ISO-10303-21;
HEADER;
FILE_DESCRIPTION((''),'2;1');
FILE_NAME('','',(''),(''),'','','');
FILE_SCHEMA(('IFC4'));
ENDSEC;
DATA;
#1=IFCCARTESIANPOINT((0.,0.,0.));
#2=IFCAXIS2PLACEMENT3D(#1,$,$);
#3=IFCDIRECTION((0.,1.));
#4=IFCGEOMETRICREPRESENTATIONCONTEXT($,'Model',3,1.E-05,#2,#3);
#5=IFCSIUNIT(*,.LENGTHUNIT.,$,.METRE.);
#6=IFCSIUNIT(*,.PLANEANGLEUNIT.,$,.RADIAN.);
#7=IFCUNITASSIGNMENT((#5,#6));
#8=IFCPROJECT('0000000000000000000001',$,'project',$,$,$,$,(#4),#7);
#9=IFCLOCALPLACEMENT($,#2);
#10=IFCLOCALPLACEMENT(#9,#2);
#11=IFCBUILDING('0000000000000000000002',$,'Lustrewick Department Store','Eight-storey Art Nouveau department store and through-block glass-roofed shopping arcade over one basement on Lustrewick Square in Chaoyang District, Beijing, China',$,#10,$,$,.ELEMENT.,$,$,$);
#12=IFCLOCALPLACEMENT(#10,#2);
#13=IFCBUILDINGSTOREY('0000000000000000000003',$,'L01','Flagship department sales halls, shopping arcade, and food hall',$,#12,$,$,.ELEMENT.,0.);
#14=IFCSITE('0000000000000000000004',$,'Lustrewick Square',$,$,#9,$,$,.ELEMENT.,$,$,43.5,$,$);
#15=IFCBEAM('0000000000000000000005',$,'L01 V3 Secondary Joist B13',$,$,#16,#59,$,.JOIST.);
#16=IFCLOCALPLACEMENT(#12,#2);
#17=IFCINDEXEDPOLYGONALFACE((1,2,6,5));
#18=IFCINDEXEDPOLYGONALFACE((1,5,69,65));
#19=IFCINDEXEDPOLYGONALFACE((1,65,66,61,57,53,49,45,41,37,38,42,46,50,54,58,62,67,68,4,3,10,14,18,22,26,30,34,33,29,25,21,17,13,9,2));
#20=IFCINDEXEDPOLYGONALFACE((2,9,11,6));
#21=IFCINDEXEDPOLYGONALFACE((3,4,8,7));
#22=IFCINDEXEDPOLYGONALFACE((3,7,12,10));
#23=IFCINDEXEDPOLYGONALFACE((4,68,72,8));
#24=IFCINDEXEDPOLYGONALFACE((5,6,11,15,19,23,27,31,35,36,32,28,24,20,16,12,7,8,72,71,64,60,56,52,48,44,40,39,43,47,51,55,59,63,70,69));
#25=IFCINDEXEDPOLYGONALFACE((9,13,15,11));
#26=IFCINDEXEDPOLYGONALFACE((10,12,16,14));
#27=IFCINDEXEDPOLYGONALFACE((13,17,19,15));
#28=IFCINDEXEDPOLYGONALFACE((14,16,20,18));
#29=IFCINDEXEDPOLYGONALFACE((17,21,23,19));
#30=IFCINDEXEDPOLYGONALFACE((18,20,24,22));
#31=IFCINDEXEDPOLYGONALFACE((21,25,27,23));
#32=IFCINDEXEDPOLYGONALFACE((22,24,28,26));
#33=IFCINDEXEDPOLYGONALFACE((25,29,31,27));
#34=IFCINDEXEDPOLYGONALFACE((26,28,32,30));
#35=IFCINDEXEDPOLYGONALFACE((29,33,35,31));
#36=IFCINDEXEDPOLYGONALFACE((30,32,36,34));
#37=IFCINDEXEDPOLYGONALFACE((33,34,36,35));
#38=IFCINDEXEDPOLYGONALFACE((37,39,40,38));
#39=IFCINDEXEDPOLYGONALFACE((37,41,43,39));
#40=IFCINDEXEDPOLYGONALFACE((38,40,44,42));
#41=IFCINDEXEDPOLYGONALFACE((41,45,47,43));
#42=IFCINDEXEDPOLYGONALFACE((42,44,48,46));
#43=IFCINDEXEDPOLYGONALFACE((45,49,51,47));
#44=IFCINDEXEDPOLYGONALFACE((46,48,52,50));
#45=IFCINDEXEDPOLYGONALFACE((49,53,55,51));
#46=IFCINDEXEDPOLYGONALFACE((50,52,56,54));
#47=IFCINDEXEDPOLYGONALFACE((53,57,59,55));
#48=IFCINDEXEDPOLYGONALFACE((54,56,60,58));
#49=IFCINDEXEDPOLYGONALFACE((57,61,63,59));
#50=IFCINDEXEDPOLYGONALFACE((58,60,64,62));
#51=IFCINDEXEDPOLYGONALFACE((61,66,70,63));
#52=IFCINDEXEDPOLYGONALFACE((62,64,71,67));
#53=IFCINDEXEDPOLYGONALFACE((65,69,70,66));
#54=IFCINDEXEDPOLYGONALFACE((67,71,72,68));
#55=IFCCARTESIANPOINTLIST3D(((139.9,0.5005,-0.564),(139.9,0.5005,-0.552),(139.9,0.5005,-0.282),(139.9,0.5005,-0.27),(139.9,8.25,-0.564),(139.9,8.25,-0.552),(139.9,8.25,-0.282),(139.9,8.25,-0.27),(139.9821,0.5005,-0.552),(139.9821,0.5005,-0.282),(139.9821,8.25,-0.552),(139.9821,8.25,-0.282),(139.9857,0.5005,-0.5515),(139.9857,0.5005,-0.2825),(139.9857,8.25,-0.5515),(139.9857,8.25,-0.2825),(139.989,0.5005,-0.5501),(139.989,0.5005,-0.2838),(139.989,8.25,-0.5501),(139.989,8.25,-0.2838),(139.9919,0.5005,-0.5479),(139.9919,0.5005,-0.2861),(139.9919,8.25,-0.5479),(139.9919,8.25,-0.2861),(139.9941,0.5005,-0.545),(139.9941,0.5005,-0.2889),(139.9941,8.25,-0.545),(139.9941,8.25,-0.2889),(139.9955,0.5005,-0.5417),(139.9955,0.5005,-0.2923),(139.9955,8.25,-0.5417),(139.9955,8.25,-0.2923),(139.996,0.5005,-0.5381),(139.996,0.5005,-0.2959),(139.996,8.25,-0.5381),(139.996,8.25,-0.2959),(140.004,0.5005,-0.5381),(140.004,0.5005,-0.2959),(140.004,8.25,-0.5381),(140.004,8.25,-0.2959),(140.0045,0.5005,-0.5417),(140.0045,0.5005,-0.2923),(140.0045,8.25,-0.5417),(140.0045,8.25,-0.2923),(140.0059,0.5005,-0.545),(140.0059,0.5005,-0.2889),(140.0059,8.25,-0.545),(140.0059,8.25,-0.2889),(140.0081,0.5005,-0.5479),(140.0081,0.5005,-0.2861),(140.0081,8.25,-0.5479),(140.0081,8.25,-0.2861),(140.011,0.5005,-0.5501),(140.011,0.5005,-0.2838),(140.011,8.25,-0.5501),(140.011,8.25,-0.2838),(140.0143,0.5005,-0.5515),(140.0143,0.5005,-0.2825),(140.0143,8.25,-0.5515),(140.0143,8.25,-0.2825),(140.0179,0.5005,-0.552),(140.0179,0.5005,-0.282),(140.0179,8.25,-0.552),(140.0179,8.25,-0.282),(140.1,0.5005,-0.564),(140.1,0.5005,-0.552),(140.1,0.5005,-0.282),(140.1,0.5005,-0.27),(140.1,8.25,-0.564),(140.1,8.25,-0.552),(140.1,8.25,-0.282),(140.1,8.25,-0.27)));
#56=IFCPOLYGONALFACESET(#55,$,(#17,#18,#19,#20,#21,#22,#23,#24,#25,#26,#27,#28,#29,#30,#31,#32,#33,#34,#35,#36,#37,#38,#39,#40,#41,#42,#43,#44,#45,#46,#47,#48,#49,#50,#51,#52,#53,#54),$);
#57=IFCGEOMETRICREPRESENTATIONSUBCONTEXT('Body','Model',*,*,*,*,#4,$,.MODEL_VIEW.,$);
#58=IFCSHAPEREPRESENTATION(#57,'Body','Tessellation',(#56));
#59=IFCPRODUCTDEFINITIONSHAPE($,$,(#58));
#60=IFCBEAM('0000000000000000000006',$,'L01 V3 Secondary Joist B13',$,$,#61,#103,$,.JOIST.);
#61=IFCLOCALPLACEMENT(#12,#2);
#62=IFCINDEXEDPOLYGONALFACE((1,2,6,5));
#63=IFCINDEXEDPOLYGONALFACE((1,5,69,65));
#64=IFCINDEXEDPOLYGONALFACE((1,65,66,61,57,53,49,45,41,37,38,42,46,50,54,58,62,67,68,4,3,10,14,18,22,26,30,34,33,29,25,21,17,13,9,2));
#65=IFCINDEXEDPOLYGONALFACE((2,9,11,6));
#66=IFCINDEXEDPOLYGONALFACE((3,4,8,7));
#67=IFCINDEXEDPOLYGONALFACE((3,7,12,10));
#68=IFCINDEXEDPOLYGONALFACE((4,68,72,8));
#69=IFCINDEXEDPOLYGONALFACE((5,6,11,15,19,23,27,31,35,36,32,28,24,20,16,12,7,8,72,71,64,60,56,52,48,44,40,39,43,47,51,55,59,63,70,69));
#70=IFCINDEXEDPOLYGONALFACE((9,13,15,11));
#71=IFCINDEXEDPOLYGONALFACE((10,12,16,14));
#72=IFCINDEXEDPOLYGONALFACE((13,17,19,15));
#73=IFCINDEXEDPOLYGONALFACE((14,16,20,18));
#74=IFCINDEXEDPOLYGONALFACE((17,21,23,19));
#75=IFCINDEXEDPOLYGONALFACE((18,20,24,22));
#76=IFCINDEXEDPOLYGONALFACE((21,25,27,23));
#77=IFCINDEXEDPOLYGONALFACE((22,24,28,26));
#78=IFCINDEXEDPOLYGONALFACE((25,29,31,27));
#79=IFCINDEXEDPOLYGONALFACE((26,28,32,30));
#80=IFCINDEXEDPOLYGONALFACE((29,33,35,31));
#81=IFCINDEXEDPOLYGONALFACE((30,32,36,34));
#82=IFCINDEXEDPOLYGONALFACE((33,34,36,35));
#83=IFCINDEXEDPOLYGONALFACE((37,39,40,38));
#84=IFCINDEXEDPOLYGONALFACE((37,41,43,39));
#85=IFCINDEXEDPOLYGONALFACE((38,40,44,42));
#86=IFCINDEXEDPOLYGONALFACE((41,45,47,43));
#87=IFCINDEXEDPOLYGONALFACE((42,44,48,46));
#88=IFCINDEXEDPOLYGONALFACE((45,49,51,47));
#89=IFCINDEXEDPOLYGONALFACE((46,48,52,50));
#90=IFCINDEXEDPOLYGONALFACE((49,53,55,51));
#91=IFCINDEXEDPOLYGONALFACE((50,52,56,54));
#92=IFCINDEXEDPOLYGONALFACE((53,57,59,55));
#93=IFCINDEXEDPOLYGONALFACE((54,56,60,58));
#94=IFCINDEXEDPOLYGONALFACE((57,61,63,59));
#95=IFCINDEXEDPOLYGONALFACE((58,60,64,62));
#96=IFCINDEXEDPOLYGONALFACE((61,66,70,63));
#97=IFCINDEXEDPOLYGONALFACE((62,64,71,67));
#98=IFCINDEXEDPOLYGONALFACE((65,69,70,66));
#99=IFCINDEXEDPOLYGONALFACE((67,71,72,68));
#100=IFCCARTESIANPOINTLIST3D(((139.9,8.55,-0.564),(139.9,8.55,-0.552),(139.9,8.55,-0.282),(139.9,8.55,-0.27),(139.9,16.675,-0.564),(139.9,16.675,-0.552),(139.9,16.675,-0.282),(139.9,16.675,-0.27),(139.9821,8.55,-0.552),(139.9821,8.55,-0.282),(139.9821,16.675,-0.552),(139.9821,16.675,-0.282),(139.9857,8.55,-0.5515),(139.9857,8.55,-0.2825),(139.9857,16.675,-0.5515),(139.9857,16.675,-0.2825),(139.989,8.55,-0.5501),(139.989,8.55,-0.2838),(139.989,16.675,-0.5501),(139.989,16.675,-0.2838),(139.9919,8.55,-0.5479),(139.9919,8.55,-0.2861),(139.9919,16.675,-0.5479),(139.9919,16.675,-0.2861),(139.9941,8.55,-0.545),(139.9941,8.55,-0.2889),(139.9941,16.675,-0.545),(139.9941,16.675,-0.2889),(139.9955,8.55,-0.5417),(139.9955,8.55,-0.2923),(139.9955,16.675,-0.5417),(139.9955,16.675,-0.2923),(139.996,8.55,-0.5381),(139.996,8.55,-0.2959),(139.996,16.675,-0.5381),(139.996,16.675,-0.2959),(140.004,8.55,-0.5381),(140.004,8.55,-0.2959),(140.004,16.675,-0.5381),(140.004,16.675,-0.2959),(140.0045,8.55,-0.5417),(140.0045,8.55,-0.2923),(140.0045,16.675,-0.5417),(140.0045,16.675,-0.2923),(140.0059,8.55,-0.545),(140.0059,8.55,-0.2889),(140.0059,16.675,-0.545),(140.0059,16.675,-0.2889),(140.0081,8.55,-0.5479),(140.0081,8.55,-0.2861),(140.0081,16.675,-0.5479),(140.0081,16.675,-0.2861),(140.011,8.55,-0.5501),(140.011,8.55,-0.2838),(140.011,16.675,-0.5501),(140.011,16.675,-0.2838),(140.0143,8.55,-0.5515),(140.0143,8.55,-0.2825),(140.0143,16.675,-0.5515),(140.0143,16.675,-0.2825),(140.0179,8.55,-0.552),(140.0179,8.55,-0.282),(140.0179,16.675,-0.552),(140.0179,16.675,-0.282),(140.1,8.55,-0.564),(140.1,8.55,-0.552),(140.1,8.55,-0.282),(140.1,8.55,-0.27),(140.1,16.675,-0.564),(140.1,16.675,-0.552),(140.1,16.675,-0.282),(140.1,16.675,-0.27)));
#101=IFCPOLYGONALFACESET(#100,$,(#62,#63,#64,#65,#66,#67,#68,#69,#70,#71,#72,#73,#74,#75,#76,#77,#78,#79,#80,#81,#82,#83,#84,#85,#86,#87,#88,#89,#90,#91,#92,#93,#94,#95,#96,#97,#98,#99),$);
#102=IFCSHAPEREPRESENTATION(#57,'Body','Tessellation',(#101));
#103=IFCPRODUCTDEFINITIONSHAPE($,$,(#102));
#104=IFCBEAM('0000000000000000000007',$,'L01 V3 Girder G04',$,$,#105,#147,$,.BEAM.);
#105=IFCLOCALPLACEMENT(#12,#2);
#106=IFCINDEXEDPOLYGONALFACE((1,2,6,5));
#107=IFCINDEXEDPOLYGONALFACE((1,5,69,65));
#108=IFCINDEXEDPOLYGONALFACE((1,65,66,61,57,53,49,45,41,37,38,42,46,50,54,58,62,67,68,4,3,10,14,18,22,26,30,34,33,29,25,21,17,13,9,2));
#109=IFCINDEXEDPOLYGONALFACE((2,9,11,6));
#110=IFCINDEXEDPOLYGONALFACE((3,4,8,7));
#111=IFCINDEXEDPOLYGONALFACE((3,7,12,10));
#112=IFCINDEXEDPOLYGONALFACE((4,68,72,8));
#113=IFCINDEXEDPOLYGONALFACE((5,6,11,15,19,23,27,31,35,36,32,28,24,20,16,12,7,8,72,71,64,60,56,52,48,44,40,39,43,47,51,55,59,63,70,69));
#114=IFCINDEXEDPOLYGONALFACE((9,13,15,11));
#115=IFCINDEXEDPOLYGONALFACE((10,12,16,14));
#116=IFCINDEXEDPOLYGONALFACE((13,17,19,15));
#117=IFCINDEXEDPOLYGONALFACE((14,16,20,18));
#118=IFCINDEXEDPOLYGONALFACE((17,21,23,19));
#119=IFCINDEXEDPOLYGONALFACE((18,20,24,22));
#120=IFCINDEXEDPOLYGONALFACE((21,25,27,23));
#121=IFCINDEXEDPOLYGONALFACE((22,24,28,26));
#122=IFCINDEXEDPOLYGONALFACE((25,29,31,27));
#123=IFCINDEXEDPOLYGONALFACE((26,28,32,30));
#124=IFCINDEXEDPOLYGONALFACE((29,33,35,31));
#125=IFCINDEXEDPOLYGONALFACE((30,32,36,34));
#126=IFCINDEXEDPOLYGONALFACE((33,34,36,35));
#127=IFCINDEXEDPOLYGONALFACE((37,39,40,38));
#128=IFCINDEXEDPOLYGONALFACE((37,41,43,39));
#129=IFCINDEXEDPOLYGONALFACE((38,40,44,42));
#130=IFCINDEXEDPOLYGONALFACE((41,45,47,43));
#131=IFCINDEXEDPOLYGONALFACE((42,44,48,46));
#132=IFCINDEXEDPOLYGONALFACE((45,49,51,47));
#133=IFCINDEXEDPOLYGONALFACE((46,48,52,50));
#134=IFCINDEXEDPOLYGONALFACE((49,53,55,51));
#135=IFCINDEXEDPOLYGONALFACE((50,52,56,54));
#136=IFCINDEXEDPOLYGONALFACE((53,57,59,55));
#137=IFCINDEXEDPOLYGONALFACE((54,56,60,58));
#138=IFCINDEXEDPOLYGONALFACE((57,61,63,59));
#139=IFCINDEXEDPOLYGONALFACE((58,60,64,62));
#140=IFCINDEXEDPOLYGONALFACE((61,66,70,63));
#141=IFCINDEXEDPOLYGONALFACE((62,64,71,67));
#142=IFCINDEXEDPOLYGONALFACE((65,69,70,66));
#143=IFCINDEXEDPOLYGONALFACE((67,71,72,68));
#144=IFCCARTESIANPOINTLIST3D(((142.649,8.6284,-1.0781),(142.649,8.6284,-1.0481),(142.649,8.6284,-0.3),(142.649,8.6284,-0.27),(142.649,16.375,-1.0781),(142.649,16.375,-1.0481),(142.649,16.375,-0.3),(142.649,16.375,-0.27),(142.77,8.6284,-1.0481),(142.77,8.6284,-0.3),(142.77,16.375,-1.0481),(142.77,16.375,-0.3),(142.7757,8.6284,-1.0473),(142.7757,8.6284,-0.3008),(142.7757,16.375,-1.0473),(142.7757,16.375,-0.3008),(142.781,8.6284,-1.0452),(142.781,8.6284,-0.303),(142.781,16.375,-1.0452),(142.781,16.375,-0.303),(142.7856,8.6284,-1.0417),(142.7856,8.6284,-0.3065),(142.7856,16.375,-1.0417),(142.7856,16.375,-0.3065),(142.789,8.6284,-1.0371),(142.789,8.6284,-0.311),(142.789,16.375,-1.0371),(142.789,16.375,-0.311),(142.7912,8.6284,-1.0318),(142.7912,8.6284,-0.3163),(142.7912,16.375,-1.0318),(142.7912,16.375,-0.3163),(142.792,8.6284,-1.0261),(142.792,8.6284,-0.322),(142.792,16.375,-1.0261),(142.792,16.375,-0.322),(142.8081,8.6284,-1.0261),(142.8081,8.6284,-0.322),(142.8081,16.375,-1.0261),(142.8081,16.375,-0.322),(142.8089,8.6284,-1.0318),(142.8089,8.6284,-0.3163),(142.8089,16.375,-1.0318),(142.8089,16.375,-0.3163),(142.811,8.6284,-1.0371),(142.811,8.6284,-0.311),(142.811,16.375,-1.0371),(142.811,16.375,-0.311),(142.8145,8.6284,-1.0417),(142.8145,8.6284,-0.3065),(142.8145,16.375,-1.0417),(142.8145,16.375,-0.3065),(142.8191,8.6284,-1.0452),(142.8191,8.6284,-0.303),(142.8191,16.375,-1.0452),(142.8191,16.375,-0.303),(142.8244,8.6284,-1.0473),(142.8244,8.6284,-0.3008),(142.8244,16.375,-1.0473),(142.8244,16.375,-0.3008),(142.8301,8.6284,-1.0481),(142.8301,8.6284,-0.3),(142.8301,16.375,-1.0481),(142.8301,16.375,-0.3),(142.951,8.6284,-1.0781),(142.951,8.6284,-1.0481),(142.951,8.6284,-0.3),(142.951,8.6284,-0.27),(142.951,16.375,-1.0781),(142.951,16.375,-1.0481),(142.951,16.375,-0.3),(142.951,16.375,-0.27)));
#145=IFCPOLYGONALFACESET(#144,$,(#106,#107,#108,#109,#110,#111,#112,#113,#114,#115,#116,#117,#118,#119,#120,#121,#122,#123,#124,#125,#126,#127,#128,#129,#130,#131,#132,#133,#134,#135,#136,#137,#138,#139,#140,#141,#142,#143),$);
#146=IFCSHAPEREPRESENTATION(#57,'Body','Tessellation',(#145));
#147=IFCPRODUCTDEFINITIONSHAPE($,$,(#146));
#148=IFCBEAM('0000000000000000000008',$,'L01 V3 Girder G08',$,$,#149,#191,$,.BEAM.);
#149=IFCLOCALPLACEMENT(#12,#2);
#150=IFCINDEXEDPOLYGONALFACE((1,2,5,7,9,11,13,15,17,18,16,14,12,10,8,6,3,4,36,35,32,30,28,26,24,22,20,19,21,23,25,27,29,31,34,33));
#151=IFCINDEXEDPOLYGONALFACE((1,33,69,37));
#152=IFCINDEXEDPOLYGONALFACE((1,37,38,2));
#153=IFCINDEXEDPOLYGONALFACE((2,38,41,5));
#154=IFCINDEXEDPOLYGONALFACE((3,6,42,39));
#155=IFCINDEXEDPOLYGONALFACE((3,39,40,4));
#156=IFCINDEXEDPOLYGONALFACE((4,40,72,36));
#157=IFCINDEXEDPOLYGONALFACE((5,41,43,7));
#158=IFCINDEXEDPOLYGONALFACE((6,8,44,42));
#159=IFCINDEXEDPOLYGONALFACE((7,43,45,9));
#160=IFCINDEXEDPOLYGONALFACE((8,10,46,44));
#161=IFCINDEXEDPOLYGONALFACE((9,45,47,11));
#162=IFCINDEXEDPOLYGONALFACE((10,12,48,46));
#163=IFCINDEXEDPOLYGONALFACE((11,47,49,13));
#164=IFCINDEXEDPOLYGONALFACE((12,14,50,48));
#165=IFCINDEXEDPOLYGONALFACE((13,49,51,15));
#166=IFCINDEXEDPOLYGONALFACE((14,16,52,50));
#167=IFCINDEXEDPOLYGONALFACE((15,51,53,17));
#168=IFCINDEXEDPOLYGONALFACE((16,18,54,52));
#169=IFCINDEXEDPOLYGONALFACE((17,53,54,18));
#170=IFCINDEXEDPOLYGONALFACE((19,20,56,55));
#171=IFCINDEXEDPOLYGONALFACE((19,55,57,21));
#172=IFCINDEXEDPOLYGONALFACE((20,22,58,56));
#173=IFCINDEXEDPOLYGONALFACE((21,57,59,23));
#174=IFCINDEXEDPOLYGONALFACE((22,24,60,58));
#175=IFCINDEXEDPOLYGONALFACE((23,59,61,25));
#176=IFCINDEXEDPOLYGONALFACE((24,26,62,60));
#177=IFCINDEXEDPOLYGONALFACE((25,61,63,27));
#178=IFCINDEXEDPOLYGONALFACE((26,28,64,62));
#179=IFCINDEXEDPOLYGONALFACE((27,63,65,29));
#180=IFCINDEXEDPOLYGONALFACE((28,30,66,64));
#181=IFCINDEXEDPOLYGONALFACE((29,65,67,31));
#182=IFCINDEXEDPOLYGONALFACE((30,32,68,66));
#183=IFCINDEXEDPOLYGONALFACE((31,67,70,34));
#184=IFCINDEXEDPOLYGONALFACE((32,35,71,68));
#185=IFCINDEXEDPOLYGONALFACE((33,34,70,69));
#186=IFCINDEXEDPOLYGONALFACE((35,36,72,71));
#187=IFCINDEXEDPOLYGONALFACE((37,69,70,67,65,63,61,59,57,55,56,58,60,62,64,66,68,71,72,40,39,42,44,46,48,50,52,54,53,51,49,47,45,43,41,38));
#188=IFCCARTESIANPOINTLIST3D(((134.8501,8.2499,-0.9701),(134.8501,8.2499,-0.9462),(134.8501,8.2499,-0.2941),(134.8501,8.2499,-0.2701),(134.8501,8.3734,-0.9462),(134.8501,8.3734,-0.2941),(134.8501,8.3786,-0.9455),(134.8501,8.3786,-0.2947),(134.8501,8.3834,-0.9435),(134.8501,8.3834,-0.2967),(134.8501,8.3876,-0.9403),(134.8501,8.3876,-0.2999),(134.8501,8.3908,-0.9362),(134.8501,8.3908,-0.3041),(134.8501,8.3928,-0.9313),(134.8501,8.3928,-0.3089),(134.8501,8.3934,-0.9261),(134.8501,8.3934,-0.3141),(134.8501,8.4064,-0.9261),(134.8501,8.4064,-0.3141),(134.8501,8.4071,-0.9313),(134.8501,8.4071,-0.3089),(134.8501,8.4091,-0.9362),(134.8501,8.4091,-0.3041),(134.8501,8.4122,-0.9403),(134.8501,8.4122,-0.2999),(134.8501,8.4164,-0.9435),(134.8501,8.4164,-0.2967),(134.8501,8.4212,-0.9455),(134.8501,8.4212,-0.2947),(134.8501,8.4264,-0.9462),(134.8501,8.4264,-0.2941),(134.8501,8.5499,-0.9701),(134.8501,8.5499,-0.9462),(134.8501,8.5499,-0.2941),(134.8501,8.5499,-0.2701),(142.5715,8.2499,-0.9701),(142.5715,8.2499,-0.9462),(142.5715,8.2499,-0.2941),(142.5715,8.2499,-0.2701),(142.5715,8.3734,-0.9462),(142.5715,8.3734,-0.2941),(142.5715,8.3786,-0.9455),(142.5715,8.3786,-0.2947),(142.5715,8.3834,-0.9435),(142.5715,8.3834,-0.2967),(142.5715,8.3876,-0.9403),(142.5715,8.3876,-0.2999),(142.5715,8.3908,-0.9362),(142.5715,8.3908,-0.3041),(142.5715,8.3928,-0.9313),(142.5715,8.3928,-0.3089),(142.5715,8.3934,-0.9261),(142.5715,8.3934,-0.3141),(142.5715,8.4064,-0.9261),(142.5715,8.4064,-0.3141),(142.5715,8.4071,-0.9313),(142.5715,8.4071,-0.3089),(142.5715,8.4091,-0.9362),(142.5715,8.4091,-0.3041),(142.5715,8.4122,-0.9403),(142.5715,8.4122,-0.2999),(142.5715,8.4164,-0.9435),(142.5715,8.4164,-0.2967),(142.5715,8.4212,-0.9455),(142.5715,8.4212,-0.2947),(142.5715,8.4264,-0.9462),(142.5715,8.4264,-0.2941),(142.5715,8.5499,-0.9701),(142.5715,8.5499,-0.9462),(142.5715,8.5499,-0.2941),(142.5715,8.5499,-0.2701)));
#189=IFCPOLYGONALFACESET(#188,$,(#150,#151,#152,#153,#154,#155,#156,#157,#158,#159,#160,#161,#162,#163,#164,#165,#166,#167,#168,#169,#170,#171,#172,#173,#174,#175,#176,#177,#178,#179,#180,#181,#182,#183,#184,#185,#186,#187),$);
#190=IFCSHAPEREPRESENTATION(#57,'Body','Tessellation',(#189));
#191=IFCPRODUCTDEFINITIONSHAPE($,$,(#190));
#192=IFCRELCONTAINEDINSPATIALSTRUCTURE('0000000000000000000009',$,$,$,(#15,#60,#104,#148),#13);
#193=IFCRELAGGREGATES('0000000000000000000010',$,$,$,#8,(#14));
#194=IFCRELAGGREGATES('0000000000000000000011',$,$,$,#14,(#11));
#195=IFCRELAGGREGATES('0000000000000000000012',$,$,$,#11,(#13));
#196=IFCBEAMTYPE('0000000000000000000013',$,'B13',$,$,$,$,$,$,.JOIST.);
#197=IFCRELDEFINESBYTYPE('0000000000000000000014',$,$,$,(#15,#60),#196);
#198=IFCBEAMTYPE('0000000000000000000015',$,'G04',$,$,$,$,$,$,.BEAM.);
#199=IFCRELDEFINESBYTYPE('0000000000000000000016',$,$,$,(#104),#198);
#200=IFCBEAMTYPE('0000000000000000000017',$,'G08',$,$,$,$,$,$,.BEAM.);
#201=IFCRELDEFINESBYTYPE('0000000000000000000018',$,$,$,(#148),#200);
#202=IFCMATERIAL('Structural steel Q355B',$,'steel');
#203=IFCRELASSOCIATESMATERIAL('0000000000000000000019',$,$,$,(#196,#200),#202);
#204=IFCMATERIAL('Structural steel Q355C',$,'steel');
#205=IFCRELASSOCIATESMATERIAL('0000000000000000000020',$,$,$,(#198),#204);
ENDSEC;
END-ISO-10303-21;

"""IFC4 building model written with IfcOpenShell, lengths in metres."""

from ifc_helpers import new_model, si_unit, direction, frame, origin, origin_2d, place, context, subcontext, project, spatial, i_section, extrude, material, material_profile, profile_set, type_object, element, save


model = new_model("IFC4")

# Units and contexts
model_context = context("Model", 3, precision=1e-05, world=origin(), true_north=direction((0.0, 1.0)))
body_context = subcontext(model_context, "Body", "Model", "MODEL_VIEW")
ifc_project = project(units=[si_unit("LENGTHUNIT", "METRE"), si_unit("PLANEANGLEUNIT", "RADIAN")], contexts=[model_context])

# Site, building, storey
site_placement = place(None, origin())
site = spatial("IfcSite", under=ifc_project, at=site_placement, Name="Lustrewick Square", CompositionType="ELEMENT", RefElevation=43.5)
building_placement = place(site_placement, origin())
building = spatial("IfcBuilding", under=site, at=building_placement, Name="Lustrewick Department Store", Description="Eight-storey Art Nouveau department store and through-block glass-roofed shopping arcade over one basement on Lustrewick Square in Chaoyang District, Beijing, China", CompositionType="ELEMENT")
storey_placement = place(building_placement, origin())
storey = spatial("IfcBuildingStorey", under=building, at=storey_placement, Name="L01", Description="Flagship department sales halls, shopping arcade, and food hall", CompositionType="ELEMENT", Elevation=0.0)

# Shared definitions
ifc_material_1 = material(Name="Structural steel Q355C", Category="steel")

# Beams
ifc_material_2 = material(Name="Structural steel Q355B", Category="steel")
ifc_material_profile_1 = material_profile(ifc_material_2, i_section(OverallWidth=0.2, OverallDepth=0.2939, WebThickness=0.0081, FlangeThickness=0.012, FilletRadius=0.0139, at=origin_2d()), Name="HM 294x200x8x12")
ifc_profile_set_1 = profile_set([ifc_material_profile_1], Name="Structural steel Q355B")
beam_type_1 = type_object("IfcBeamType", Name="B13", PredefinedType="JOIST", material=ifc_profile_set_1)
beam_1_placement = place(storey_placement, frame((140.0, 0.5005, -0.417), z_axis=(0.0, 1.0, 0.0), x_axis=(-1.0, 0.0, 0.0)))
element("IfcBeam", 1, at=beam_1_placement, inside=storey, type_object=beam_type_1, Name="L01 V3 Secondary Joist B13", PredefinedType="JOIST", context=body_context, shape_type="SweptSolid", body=[
    extrude(i_section(OverallWidth=0.2, OverallDepth=0.2939, WebThickness=0.0081, FlangeThickness=0.012, FilletRadius=0.0139, at=origin_2d()), origin(), (0.0, 0.0, 1.0), 7.7495),
])
beam_2_placement = place(storey_placement, frame((140.0, 8.55, -0.417), z_axis=(0.0, 1.0, 0.0), x_axis=(-1.0, 0.0, 0.0)))
element("IfcBeam", 2, at=beam_2_placement, inside=storey, type_object=beam_type_1, Name="L01 V3 Secondary Joist B13", PredefinedType="JOIST", context=body_context, shape_type="SweptSolid", body=[
    extrude(i_section(OverallWidth=0.2, OverallDepth=0.2939, WebThickness=0.0081, FlangeThickness=0.012, FilletRadius=0.0139, at=origin_2d()), origin(), (0.0, 0.0, 1.0), 8.125),
])
ifc_material_profile_2 = material_profile(ifc_material_1, i_section(OverallWidth=0.302, OverallDepth=0.8081, WebThickness=0.0161, FlangeThickness=0.03, FilletRadius=0.022, at=origin_2d()), Name="HN 808x302x16x30")
ifc_profile_set_2 = profile_set([ifc_material_profile_2], Name="Structural steel Q355C")
beam_type_2 = type_object("IfcBeamType", Name="G04", PredefinedType="BEAM", material=ifc_profile_set_2)
beam_3_placement = place(storey_placement, frame((142.8, 8.6284, -0.6741), z_axis=(0.0, 1.0, 0.0), x_axis=(-1.0, 0.0, 0.0)))
element("IfcBeam", 3, at=beam_3_placement, inside=storey, type_object=beam_type_2, Name="L01 V3 Girder G04", PredefinedType="BEAM", context=body_context, shape_type="SweptSolid", body=[
    extrude(i_section(OverallWidth=0.302, OverallDepth=0.8081, WebThickness=0.0161, FlangeThickness=0.03, FilletRadius=0.022, at=origin_2d()), origin(), (0.0, 0.0, 1.0), 7.7466),
])
ifc_material_profile_3 = material_profile(ifc_material_2, i_section(OverallWidth=0.3, OverallDepth=0.7, WebThickness=0.0129, FlangeThickness=0.0239, FilletRadius=0.02, at=origin_2d()), Name="HN 700x300x13x24")
ifc_profile_set_3 = profile_set([ifc_material_profile_3], Name="Structural steel Q355B")
beam_type_3 = type_object("IfcBeamType", Name="G08", PredefinedType="BEAM", material=ifc_profile_set_3)
beam_4_placement = place(storey_placement, frame((134.8501, 8.3999, -0.6201), z_axis=(1.0, 0.0, 0.0), x_axis=(0.0, 1.0, 0.0)))
element("IfcBeam", 4, at=beam_4_placement, inside=storey, type_object=beam_type_3, Name="L01 V3 Girder G08", PredefinedType="BEAM", context=body_context, shape_type="SweptSolid", body=[
    extrude(i_section(OverallWidth=0.3, OverallDepth=0.7, WebThickness=0.0129, FlangeThickness=0.0239, FilletRadius=0.02, at=origin_2d()), origin(), (0.0, 0.0, 1.0), 7.7214),
])

save(model, "model.ifc")
